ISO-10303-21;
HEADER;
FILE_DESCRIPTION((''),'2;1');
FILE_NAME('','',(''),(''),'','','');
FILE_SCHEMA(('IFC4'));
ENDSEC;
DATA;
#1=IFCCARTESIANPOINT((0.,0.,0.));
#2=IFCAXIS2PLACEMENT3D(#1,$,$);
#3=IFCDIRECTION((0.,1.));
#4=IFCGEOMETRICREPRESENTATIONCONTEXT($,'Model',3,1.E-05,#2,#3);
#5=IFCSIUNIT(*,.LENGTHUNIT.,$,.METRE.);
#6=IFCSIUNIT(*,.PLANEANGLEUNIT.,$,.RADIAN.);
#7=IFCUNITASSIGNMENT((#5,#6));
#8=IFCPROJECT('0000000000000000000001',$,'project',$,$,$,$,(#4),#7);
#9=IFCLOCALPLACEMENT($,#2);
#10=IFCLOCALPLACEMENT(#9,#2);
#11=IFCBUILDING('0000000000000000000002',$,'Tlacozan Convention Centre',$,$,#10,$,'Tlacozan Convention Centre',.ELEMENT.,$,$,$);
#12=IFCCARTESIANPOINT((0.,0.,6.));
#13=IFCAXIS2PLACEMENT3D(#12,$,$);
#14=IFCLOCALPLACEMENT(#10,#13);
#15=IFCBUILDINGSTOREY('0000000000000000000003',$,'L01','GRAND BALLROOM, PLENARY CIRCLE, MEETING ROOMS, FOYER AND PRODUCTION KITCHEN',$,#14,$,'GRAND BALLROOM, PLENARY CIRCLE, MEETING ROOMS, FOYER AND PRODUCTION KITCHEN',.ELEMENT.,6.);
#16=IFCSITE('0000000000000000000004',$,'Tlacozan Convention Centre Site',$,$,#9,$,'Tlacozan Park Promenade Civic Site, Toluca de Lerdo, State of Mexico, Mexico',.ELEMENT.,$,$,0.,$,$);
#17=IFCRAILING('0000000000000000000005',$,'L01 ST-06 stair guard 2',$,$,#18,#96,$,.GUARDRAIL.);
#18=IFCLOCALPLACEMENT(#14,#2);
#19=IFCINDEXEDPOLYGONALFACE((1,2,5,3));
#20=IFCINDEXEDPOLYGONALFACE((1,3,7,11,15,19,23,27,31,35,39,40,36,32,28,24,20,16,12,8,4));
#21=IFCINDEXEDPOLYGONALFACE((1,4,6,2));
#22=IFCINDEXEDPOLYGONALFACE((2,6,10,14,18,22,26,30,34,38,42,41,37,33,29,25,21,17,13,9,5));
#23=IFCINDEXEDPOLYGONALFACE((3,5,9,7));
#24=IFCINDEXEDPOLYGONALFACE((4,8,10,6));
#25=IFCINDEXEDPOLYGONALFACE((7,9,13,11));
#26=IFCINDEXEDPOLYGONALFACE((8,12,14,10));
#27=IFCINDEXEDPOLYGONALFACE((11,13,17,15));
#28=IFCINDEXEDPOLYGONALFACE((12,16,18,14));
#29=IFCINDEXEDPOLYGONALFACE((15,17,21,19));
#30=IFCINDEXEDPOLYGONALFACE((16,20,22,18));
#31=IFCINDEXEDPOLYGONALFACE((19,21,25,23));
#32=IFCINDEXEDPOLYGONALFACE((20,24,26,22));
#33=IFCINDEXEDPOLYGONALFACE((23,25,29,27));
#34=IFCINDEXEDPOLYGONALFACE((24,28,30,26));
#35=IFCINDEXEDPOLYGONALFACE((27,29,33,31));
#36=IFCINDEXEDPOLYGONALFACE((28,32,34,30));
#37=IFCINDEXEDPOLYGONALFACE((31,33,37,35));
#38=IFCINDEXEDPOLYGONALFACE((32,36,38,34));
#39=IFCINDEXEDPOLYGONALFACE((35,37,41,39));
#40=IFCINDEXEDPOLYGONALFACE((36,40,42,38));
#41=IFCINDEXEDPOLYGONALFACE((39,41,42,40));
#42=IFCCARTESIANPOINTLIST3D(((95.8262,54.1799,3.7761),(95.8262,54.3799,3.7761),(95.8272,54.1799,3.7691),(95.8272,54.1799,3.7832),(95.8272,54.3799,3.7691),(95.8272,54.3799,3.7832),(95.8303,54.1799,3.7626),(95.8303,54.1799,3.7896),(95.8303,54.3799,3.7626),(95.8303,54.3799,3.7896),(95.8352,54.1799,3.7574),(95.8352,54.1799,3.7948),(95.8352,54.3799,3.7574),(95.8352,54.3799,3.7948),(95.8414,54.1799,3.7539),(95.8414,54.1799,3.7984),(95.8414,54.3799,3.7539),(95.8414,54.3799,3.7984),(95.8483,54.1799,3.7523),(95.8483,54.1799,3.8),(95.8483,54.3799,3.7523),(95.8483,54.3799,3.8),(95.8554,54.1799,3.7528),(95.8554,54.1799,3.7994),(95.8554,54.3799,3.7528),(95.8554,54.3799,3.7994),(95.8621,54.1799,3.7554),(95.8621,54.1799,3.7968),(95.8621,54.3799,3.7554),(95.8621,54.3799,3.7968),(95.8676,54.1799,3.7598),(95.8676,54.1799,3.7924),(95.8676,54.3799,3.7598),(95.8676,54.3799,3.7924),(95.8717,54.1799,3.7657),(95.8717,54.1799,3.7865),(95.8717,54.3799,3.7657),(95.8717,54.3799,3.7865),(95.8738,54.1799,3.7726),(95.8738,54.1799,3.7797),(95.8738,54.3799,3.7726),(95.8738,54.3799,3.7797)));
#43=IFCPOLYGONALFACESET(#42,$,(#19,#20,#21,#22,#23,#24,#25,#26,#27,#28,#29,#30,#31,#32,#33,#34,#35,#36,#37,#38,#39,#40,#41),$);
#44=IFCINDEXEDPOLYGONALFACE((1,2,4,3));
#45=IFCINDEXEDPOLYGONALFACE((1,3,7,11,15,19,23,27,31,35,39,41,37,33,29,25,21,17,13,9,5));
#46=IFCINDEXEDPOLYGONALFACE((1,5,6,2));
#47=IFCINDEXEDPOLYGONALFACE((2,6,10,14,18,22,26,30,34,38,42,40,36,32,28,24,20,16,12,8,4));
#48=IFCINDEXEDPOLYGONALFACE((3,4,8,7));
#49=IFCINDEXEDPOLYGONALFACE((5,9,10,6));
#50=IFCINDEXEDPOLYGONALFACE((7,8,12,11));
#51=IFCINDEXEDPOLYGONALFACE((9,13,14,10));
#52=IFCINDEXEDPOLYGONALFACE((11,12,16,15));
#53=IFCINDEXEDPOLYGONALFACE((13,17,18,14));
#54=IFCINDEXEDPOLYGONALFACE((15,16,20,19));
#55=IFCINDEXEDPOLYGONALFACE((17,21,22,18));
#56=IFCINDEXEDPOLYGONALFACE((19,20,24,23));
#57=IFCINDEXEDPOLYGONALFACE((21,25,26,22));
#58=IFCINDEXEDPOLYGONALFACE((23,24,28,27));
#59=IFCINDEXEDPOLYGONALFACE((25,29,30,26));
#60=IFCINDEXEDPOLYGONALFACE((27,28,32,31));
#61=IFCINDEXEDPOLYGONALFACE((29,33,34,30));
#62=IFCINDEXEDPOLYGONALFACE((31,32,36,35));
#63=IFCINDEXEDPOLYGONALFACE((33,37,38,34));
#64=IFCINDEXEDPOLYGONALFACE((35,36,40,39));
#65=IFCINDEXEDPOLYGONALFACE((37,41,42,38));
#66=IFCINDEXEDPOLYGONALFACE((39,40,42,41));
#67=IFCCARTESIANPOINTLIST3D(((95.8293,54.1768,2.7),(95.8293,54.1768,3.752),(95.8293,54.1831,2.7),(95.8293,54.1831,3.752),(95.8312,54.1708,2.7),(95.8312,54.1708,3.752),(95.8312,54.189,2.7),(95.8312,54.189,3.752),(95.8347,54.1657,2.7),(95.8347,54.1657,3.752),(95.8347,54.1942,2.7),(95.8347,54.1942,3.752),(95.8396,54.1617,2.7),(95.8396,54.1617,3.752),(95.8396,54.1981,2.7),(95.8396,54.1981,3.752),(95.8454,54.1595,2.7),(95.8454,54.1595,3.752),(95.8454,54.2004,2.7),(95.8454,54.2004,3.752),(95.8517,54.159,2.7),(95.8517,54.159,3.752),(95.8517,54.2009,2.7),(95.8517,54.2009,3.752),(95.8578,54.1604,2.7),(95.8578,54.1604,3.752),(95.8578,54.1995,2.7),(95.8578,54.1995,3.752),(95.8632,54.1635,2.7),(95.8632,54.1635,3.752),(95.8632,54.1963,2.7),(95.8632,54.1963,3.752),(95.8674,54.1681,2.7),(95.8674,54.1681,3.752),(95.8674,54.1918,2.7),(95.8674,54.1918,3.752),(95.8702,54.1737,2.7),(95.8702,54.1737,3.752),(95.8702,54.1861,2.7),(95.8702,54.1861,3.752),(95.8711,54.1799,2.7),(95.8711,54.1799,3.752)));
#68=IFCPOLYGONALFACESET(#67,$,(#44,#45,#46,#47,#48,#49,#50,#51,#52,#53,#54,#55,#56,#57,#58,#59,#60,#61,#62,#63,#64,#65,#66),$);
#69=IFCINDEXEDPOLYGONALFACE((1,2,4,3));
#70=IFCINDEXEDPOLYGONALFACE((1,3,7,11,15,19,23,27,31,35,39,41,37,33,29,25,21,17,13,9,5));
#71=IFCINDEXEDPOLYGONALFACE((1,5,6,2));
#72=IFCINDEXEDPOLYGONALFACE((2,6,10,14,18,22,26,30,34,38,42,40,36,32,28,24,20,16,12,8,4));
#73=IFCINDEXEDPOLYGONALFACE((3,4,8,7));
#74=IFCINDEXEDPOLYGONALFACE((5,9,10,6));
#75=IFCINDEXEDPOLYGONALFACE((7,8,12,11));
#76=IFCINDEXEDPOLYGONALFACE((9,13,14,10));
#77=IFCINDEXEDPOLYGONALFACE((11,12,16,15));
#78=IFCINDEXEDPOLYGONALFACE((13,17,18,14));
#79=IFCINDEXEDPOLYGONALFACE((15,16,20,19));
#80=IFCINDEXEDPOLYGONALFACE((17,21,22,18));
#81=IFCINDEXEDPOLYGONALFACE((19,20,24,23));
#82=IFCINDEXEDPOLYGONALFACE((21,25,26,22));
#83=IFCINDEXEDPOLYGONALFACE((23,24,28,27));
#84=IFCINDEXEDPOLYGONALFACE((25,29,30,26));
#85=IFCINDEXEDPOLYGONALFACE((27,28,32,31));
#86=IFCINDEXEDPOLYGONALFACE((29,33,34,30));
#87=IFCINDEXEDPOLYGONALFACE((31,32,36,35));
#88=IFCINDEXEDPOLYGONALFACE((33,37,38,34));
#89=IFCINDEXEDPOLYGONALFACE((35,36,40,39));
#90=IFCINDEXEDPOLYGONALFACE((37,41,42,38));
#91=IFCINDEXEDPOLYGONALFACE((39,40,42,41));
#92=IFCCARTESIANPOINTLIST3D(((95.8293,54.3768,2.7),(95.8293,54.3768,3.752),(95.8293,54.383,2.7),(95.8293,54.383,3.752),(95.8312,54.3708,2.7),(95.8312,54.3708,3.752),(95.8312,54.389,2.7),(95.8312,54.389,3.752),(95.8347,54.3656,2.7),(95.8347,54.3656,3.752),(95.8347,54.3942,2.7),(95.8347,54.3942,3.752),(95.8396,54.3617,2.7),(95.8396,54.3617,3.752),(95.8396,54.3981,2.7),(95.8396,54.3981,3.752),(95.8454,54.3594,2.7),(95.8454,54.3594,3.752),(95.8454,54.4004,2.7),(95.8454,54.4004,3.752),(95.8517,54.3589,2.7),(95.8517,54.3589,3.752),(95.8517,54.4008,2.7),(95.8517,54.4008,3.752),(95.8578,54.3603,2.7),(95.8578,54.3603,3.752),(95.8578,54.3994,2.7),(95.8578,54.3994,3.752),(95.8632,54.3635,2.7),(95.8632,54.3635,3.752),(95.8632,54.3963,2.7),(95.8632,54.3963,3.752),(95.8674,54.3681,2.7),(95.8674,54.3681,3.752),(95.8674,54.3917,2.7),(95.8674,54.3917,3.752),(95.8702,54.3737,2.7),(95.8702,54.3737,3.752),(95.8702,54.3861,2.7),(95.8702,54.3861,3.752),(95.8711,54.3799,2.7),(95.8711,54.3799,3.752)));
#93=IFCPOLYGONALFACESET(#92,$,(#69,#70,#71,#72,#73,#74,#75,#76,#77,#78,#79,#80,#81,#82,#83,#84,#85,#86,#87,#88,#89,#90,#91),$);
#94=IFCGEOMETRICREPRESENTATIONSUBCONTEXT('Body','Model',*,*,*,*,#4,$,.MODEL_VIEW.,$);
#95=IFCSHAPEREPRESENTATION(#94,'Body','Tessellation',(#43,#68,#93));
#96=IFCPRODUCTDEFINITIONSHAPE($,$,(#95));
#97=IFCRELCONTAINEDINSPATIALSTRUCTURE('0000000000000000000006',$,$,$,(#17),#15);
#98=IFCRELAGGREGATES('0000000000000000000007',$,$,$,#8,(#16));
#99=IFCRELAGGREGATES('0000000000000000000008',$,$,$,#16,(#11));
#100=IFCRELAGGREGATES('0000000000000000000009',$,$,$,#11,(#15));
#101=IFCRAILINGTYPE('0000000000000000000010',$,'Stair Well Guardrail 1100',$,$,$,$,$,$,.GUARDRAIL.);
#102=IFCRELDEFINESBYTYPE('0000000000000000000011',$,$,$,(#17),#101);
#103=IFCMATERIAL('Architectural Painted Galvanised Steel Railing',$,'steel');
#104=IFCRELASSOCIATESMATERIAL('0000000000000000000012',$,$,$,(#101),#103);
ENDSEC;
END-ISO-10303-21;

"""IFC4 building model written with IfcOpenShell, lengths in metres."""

from ifc_helpers import new_model, si_unit, direction, frame, origin, origin_2d, place, context, subcontext, project, spatial, circle, extrude, material, type_object, element, save


model = new_model("IFC4")

# Units and contexts
model_context = context("Model", 3, precision=1e-05, world=origin(), true_north=direction((0.0, 1.0)))
body_context = subcontext(model_context, "Body", "Model", "MODEL_VIEW")
ifc_project = project(units=[si_unit("LENGTHUNIT", "METRE"), si_unit("PLANEANGLEUNIT", "RADIAN")], contexts=[model_context])

# Site, building, storey
site_placement = place(None, origin())
site = spatial("IfcSite", under=ifc_project, at=site_placement, Name="Tlacozan Convention Centre Site", LongName="Tlacozan Park Promenade Civic Site, Toluca de Lerdo, State of Mexico, Mexico", CompositionType="ELEMENT", RefElevation=0.0)
building_placement = place(site_placement, origin())
building = spatial("IfcBuilding", under=site, at=building_placement, Name="Tlacozan Convention Centre", LongName="Tlacozan Convention Centre", CompositionType="ELEMENT")
storey_placement = place(building_placement, frame((0.0, 0.0, 6.0)))
storey = spatial("IfcBuildingStorey", under=building, at=storey_placement, Name="L01", Description="GRAND BALLROOM, PLENARY CIRCLE, MEETING ROOMS, FOYER AND PRODUCTION KITCHEN", LongName="GRAND BALLROOM, PLENARY CIRCLE, MEETING ROOMS, FOYER AND PRODUCTION KITCHEN", CompositionType="ELEMENT", Elevation=6.0)

# Railing
ifc_material_1 = material(Name="Architectural Painted Galvanised Steel Railing", Category="steel")
railing_type_1 = type_object("IfcRailingType", Name="Stair Well Guardrail 1100", PredefinedType="GUARDRAIL", material=ifc_material_1)
railing_1_placement = place(storey_placement, frame((95.8501, 54.1799, 2.7)))
element("IfcRailing", 1, at=railing_1_placement, inside=storey, type_object=railing_type_1, Name="L01 ST-06 stair guard 2", PredefinedType="GUARDRAIL", context=body_context, shape_type="SweptSolid", body=[
    extrude(circle(Radius=0.0239, at=origin_2d()), frame((0.0, 0.0, 1.0762), z_axis=(0.0, 1.0, 0.0), x_axis=(-1.0, 0.0, 0.0)), (0.0, 0.0, 1.0), 0.2),
    extrude(circle(Radius=0.021, at=origin_2d()), origin(), (0.0, 0.0, 1.0), 1.052),
    extrude(circle(Radius=0.021, at=origin_2d()), frame((0.0, 0.2, 0.0)), (0.0, 0.0, 1.0), 1.052),
])

save(model, "model.ifc")
